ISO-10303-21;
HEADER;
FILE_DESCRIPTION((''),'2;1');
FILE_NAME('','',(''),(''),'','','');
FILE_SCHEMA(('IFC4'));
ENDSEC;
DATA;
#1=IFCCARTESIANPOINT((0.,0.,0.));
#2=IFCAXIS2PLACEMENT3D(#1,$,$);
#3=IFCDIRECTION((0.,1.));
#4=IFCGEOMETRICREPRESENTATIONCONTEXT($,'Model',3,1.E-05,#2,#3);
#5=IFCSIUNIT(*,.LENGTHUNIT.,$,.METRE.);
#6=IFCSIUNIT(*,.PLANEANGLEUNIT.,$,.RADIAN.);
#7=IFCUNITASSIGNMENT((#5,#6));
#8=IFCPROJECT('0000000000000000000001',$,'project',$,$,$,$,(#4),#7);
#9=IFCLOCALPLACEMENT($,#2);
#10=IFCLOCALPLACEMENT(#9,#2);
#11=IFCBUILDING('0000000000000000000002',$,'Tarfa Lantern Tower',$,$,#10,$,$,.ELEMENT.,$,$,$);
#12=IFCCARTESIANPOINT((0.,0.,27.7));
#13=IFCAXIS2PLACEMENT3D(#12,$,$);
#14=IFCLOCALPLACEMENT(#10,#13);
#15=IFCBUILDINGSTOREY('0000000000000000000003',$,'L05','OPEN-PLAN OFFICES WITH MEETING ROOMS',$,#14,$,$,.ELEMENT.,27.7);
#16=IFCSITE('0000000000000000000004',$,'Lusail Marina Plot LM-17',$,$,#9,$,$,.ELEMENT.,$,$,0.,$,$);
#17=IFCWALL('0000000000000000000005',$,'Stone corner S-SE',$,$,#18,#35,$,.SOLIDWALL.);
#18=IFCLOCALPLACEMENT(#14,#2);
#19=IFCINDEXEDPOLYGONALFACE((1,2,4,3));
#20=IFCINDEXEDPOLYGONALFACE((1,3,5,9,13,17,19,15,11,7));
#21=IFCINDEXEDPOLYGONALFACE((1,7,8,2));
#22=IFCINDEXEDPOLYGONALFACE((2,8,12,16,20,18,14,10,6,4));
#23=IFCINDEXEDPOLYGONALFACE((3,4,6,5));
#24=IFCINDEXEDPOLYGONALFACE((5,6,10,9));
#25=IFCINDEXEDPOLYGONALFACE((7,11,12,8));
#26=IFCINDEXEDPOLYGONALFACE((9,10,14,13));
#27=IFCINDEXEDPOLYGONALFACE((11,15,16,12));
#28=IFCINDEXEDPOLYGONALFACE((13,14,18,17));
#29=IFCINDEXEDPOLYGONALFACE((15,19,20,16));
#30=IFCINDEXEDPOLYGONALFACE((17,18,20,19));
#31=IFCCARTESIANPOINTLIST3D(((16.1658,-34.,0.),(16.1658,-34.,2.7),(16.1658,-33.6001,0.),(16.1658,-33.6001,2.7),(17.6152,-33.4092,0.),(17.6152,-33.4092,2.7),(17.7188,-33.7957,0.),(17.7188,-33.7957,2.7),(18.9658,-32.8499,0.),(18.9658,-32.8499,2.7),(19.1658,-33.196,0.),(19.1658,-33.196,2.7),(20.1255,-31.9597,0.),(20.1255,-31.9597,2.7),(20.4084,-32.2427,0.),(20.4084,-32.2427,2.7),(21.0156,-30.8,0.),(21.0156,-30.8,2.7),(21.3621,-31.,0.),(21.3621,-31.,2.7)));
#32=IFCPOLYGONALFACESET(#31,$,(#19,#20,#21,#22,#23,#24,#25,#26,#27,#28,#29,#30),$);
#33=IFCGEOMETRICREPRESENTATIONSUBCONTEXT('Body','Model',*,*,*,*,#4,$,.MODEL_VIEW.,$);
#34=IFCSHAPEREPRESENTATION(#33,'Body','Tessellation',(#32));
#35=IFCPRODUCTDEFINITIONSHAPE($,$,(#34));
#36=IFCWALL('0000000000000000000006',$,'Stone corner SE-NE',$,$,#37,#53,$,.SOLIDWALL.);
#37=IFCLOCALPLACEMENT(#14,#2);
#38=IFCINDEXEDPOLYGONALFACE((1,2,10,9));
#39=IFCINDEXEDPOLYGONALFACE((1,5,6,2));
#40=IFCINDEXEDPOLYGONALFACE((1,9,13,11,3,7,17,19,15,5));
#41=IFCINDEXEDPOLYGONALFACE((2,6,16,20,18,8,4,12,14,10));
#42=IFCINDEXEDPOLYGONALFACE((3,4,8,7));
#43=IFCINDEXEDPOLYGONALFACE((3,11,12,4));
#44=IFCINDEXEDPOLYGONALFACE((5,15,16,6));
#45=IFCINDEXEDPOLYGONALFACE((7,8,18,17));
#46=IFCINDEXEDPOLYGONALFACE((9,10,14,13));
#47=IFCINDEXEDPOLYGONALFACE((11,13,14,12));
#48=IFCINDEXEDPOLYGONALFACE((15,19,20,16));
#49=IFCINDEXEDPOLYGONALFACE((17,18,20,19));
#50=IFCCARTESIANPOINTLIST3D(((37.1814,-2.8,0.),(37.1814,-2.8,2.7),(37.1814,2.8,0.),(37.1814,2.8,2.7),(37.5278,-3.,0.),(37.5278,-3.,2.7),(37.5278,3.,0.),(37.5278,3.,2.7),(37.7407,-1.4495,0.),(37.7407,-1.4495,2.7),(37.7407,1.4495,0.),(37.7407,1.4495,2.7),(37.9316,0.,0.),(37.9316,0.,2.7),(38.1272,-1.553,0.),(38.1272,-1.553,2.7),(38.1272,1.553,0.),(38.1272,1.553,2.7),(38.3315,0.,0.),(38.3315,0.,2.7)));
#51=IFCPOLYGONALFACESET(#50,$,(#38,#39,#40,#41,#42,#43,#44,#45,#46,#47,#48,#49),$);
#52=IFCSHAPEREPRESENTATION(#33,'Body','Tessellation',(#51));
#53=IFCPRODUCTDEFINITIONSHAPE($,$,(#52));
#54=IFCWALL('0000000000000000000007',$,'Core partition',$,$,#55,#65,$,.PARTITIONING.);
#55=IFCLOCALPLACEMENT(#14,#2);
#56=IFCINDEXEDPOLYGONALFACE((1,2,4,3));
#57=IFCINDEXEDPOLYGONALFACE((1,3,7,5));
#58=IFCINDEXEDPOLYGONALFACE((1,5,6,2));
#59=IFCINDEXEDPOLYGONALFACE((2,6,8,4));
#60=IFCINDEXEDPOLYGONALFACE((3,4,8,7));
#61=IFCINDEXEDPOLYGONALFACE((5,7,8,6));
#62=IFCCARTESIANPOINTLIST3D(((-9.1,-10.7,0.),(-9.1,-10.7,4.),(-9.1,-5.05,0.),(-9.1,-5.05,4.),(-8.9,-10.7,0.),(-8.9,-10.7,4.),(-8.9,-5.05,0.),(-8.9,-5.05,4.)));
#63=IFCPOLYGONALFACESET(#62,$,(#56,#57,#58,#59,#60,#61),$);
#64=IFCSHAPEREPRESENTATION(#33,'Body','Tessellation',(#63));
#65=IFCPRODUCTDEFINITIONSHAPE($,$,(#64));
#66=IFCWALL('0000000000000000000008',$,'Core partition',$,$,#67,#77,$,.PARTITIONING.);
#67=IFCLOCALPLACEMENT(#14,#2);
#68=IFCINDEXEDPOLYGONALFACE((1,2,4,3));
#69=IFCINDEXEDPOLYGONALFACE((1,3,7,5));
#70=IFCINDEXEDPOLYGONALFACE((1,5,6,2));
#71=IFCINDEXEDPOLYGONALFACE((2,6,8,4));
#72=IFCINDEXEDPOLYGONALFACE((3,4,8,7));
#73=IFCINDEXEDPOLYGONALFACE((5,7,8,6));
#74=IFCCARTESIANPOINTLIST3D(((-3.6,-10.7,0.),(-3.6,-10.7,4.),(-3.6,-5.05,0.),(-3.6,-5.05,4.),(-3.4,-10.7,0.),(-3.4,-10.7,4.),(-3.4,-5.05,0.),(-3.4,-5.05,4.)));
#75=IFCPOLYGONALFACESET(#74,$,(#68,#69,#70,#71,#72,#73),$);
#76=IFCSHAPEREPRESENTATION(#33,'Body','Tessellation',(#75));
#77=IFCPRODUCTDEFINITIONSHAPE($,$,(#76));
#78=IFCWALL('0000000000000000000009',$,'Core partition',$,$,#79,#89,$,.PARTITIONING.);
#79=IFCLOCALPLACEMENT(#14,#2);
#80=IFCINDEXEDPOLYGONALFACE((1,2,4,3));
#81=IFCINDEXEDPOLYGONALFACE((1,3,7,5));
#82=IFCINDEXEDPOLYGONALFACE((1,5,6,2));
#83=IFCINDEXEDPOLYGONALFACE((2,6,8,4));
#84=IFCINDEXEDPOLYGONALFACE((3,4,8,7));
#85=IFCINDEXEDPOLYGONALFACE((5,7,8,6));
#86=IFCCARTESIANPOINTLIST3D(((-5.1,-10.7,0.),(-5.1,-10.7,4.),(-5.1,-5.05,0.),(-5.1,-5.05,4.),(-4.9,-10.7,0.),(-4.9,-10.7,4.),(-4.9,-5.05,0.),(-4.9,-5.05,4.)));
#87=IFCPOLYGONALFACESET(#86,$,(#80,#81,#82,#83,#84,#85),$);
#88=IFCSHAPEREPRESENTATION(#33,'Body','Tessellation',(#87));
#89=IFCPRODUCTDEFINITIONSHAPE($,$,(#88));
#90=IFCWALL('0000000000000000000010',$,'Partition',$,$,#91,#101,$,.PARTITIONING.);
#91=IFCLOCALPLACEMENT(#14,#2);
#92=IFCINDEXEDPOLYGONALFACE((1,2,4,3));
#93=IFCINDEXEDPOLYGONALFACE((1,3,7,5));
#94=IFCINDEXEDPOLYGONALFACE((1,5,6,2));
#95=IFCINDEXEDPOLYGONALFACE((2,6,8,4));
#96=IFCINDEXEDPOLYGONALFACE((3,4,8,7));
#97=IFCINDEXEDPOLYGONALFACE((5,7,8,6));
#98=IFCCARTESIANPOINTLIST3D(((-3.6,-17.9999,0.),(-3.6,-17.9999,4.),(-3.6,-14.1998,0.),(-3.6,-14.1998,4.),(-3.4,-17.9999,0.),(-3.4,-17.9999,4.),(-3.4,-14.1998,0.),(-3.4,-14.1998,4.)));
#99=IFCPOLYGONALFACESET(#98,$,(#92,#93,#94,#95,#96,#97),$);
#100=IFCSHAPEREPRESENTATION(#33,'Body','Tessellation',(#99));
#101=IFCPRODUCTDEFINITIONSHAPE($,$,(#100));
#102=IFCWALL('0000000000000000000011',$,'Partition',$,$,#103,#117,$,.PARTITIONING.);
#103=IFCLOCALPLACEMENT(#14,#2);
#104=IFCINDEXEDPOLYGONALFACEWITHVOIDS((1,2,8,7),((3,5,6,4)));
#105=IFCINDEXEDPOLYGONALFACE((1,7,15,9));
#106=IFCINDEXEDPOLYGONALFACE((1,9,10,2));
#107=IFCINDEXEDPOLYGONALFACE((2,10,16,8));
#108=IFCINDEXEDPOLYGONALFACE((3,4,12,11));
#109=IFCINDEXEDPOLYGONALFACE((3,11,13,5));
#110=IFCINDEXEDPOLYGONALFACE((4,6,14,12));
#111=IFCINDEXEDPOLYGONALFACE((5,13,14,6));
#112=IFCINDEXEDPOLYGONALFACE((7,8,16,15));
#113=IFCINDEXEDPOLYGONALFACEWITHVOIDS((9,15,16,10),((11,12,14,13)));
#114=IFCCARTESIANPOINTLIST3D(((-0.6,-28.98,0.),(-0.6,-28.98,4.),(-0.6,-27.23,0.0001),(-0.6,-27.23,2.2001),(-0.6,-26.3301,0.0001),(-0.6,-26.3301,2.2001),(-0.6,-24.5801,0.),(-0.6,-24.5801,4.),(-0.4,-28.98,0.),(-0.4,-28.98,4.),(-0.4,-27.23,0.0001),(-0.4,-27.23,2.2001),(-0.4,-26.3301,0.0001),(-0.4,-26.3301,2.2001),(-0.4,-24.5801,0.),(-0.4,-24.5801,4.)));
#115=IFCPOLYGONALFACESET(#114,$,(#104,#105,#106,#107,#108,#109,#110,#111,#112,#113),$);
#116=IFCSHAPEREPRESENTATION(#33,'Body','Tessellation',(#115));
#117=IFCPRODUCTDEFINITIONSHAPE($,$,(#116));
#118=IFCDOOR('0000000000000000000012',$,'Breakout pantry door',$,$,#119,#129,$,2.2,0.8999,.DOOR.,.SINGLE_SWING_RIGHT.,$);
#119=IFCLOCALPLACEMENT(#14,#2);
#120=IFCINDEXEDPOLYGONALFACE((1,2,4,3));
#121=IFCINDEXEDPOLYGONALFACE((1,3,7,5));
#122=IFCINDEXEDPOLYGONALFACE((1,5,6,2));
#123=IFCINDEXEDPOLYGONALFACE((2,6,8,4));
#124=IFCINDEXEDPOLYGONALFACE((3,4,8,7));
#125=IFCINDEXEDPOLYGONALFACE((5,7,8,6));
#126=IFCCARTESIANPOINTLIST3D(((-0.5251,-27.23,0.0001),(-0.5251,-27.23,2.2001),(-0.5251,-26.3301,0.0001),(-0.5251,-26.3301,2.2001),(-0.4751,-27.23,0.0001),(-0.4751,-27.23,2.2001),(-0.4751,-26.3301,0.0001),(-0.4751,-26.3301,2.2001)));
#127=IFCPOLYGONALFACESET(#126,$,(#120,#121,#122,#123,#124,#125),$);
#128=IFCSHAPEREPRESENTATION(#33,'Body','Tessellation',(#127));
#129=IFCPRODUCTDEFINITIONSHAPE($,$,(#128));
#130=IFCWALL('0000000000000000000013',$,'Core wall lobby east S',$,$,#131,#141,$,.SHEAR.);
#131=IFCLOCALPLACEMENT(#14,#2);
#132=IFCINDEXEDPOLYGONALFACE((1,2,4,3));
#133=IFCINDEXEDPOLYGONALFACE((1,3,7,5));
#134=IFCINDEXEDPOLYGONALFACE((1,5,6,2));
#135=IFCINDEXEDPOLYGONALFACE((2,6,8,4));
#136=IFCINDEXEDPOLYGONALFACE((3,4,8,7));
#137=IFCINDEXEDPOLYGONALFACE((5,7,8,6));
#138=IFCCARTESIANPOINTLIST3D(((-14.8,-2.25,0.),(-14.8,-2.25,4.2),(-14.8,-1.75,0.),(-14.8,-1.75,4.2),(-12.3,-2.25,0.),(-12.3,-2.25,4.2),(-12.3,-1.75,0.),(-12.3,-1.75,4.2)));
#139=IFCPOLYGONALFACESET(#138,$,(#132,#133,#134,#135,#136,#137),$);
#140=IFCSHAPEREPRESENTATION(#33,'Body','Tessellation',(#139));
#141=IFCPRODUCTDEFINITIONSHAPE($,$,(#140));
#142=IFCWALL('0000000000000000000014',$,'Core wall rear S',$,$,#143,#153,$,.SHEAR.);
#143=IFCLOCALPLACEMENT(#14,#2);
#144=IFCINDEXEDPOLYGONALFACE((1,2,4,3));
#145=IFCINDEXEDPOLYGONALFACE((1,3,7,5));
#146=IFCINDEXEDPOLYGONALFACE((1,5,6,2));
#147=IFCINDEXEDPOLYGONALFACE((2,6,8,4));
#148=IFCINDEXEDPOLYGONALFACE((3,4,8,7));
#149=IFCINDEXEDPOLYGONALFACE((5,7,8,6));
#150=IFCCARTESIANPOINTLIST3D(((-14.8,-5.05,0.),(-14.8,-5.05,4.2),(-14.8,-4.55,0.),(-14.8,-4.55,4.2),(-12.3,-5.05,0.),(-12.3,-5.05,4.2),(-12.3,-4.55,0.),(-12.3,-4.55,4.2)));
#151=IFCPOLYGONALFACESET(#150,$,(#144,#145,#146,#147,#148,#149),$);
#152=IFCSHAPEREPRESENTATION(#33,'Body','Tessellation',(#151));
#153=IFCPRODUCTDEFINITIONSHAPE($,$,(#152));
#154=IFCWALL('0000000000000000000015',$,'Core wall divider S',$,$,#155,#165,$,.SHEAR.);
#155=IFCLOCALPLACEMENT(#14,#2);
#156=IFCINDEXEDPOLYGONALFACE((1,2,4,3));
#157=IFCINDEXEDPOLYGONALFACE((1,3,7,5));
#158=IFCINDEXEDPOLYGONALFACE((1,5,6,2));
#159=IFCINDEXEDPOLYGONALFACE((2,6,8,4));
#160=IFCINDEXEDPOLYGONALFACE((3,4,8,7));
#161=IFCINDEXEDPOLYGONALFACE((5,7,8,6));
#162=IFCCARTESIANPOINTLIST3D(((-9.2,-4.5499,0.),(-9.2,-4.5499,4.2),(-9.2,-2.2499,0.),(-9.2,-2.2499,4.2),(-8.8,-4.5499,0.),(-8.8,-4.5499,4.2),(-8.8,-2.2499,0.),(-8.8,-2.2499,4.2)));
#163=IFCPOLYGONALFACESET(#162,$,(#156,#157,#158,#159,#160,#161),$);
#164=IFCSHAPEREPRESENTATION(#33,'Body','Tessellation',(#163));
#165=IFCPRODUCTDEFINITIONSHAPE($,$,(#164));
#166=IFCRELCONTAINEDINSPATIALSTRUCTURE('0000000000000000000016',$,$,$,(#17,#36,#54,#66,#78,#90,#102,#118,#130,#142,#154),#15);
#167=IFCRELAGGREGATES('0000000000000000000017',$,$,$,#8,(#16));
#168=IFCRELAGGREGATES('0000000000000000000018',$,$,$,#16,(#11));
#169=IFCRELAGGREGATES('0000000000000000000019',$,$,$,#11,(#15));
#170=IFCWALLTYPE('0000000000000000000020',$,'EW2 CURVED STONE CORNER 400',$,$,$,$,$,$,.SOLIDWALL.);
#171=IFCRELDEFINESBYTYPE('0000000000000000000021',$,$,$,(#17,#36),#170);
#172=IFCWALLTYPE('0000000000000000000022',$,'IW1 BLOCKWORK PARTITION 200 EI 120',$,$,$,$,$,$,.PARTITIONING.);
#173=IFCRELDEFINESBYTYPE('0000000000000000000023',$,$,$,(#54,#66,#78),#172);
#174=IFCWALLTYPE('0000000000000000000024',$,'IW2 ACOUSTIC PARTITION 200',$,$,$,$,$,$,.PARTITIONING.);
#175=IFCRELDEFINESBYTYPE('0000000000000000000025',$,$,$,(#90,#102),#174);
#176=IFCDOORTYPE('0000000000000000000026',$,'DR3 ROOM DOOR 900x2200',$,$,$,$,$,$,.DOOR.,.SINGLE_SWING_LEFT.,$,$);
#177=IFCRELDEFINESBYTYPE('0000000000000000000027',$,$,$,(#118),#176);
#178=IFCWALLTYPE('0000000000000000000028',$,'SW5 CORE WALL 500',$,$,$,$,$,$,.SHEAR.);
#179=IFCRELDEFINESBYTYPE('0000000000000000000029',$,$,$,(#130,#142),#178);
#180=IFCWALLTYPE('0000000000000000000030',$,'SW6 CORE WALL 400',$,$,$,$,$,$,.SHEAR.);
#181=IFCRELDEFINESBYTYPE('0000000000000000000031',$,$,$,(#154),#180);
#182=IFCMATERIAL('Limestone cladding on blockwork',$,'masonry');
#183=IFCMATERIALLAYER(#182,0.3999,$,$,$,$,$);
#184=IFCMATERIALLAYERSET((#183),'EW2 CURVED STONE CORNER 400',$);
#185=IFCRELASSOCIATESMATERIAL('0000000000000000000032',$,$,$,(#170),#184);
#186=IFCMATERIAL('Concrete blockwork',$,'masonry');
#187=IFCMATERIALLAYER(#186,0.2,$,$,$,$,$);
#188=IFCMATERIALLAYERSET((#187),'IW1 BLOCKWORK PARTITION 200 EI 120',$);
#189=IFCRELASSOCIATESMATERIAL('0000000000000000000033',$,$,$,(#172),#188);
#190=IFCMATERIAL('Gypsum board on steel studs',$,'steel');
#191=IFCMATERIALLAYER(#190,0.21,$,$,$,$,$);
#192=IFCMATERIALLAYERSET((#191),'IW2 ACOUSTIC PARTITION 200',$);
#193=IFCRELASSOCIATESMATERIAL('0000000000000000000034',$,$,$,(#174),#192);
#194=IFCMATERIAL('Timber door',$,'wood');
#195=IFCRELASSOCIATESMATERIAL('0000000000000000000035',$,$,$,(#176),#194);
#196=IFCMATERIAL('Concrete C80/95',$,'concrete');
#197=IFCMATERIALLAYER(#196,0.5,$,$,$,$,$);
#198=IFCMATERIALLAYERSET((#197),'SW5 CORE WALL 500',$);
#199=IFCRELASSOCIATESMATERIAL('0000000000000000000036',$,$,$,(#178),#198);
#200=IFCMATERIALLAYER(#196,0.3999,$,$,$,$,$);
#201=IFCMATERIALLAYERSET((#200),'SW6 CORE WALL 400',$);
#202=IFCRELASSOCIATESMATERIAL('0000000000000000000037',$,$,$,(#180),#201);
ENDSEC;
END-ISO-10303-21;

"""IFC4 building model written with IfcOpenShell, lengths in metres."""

from ifc_helpers import new_model, si_unit, direction, frame, frame_2d, origin, place, context, subcontext, project, spatial, polyline, rectangle, outline, extrude, material, layer, layer_set, type_object, element, fill, save


model = new_model("IFC4")

# Units and contexts
model_context = context("Model", 3, precision=1e-05, world=origin(), true_north=direction((0.0, 1.0)))
body_context = subcontext(model_context, "Body", "Model", "MODEL_VIEW")
ifc_project = project(units=[si_unit("LENGTHUNIT", "METRE"), si_unit("PLANEANGLEUNIT", "RADIAN")], contexts=[model_context])

# Site, building, storey
site_placement = place(None, origin())
site = spatial("IfcSite", under=ifc_project, at=site_placement, Name="Lusail Marina Plot LM-17", CompositionType="ELEMENT", RefElevation=0.0)
building_placement = place(site_placement, origin())
building = spatial("IfcBuilding", under=site, at=building_placement, Name="Tarfa Lantern Tower", CompositionType="ELEMENT")
storey_placement = place(building_placement, frame((0.0, 0.0, 27.7)))
storey = spatial("IfcBuildingStorey", under=building, at=storey_placement, Name="L05", Description="OPEN-PLAN OFFICES WITH MEETING ROOMS", CompositionType="ELEMENT", Elevation=27.7)

# Walls
ifc_material_1 = material(Name="Limestone cladding on blockwork", Category="masonry")
ifc_layer_1 = layer(ifc_material_1, 0.3999)
ifc_layer_set_1 = layer_set([ifc_layer_1], Name="EW2 CURVED STONE CORNER 400")
wall_type_1 = type_object("IfcWallType", Name="EW2 CURVED STONE CORNER 400", PredefinedType="SOLIDWALL", material=ifc_layer_set_1)
wall_1_placement = place(storey_placement, origin())
element("IfcWall", 1, at=wall_1_placement, inside=storey, type_object=wall_type_1, Name="Stone corner S-SE", PredefinedType="SOLIDWALL", context=body_context, shape_type="SweptSolid", body=[
    extrude(outline(polyline([(16.1658, -34.0), (17.7188, -33.7957), (19.1658, -33.196), (20.4084, -32.2427), (21.3621, -31.0), (21.0156, -30.8), (20.1255, -31.9597), (18.9658, -32.8499), (17.6152, -33.4092), (16.1658, -33.6001), (16.1658, -34.0)])), origin(), (0.0, 0.0, 1.0), 2.7),
])
wall_2_placement = place(storey_placement, origin())
element("IfcWall", 2, at=wall_2_placement, inside=storey, type_object=wall_type_1, Name="Stone corner SE-NE", PredefinedType="SOLIDWALL", context=body_context, shape_type="SweptSolid", body=[
    extrude(outline(polyline([(37.5278, -3.0), (38.1272, -1.553), (38.3315, 0.0), (38.1272, 1.553), (37.5278, 3.0), (37.1814, 2.8), (37.7407, 1.4495), (37.9316, 0.0), (37.7407, -1.4495), (37.1814, -2.8), (37.5278, -3.0)])), origin(), (0.0, 0.0, 1.0), 2.7),
])
ifc_material_2 = material(Name="Concrete blockwork", Category="masonry")
ifc_layer_2 = layer(ifc_material_2, 0.2)
ifc_layer_set_2 = layer_set([ifc_layer_2], Name="IW1 BLOCKWORK PARTITION 200 EI 120")
wall_type_2 = type_object("IfcWallType", Name="IW1 BLOCKWORK PARTITION 200 EI 120", PredefinedType="PARTITIONING", material=ifc_layer_set_2)
for number, where, z_axis, x_axis, name in (
    (3, (-9.0, -5.05, 0.0), (0.0, 0.0, 1.0), (0.0, -1.0, 0.0), "Core partition"),
    (4, (-3.5, -5.05, 0.0), (0.0, 0.0, 1.0), (0.0, -1.0, 0.0), "Core partition"),
    (5, (-5.0, -5.05, 0.0), (0.0, 0.0, 1.0), (0.0, -1.0, 0.0), "Core partition"),
):
    element("IfcWall", number, at=place(storey_placement, frame(where, z_axis=z_axis, x_axis=x_axis)), inside=storey, type_object=wall_type_2, Name=name, PredefinedType="PARTITIONING", context=body_context, shape_type="SweptSolid", body=[
        extrude(rectangle(XDim=5.6499, YDim=0.2, at=frame_2d((2.825, 0.0))), origin(), (0.0, 0.0, 1.0), 4.0),
    ])
ifc_material_3 = material(Name="Gypsum board on steel studs", Category="steel")
ifc_layer_3 = layer(ifc_material_3, 0.21)
ifc_layer_set_3 = layer_set([ifc_layer_3], Name="IW2 ACOUSTIC PARTITION 200")
wall_type_3 = type_object("IfcWallType", Name="IW2 ACOUSTIC PARTITION 200", PredefinedType="PARTITIONING", material=ifc_layer_set_3)
wall_3_placement = place(storey_placement, frame((-3.5, -14.2, 0.0), z_axis=(0.0, 0.0, 1.0), x_axis=(0.0, -1.0, 0.0)))
element("IfcWall", 6, at=wall_3_placement, inside=storey, type_object=wall_type_3, Name="Partition", PredefinedType="PARTITIONING", context=body_context, shape_type="SweptSolid", body=[
    extrude(rectangle(XDim=3.8, YDim=0.2, at=frame_2d((1.8999, 0.0))), origin(), (0.0, 0.0, 1.0), 4.0),
])

# Wall, opening, door
wall_4_placement = place(storey_placement, frame((-0.5, -24.5801, 0.0), z_axis=(0.0, 0.0, 1.0), x_axis=(0.0, -1.0, 0.0)))
wall_4 = element("IfcWall", 7, at=wall_4_placement, inside=storey, type_object=wall_type_3, Name="Partition", PredefinedType="PARTITIONING", context=body_context, shape_type="SweptSolid", body=[
    extrude(rectangle(XDim=4.3999, YDim=0.2, at=frame_2d((2.2, 0.0))), origin(), (0.0, 0.0, 1.0), 4.0),
])
opening_1_placement = place(wall_4_placement, frame((1.75, 0.0, 0.0)))
opening_1 = element("IfcOpeningElement", 8, at=opening_1_placement, cuts=wall_4, PredefinedType="OPENING", context=body_context, shape_type="SweptSolid", body=[
    extrude(rectangle(XDim=0.8999, YDim=2.2, at=frame_2d((0.45, 1.1001))), frame((0.0, 0.1099, 0.0), z_axis=(0.0, -1.0, 0.0), x_axis=(1.0, 0.0, 0.0)), (0.0, 0.0, 1.0), 0.22),
])
ifc_material_4 = material(Name="Timber door", Category="wood")
door_type_1 = type_object("IfcDoorType", Name="DR3 ROOM DOOR 900x2200", OperationType="SINGLE_SWING_LEFT", PredefinedType="DOOR", material=ifc_material_4)
door_1_placement = place(opening_1_placement, origin())
door_1 = element("IfcDoor", 9, at=door_1_placement, inside=storey, type_object=door_type_1, Name="Breakout pantry door", OperationType="SINGLE_SWING_RIGHT", OverallHeight=2.2, OverallWidth=0.8999, PredefinedType="DOOR", context=body_context, shape_type="SweptSolid", body=[
    extrude(rectangle(XDim=0.8999, YDim=2.2, at=frame_2d((0.45, 1.1001))), frame((0.0, 0.0249, 0.0), z_axis=(0.0, -1.0, 0.0), x_axis=(1.0, 0.0, 0.0)), (0.0, 0.0, 1.0), 0.05),
])
fill(opening_1, door_1)

# Walls
ifc_material_5 = material(Name="Concrete C80/95", Category="concrete")
ifc_layer_4 = layer(ifc_material_5, 0.5)
ifc_layer_set_4 = layer_set([ifc_layer_4], Name="SW5 CORE WALL 500")
wall_type_4 = type_object("IfcWallType", Name="SW5 CORE WALL 500", PredefinedType="SHEAR", material=ifc_layer_set_4)
for number, where, z_axis, x_axis, name in (
    (10, (-12.3, -2.0, 0.0), (0.0, 0.0, 1.0), (-1.0, 0.0, 0.0), "Core wall lobby east S"),
    (11, (-12.3, -4.8, 0.0), (0.0, 0.0, 1.0), (-1.0, 0.0, 0.0), "Core wall rear S"),
):
    element("IfcWall", number, at=place(storey_placement, frame(where, z_axis=z_axis, x_axis=x_axis)), inside=storey, type_object=wall_type_4, Name=name, PredefinedType="SHEAR", context=body_context, shape_type="SweptSolid", body=[
        extrude(rectangle(XDim=2.5, YDim=0.5, at=frame_2d((1.25, 0.0))), origin(), (0.0, 0.0, 1.0), 4.2),
    ])
ifc_layer_5 = layer(ifc_material_5, 0.3999)
ifc_layer_set_5 = layer_set([ifc_layer_5], Name="SW6 CORE WALL 400")
wall_type_5 = type_object("IfcWallType", Name="SW6 CORE WALL 400", PredefinedType="SHEAR", material=ifc_layer_set_5)
wall_5_placement = place(storey_placement, frame((-9.0, -2.25, 0.0), z_axis=(0.0, 0.0, 1.0), x_axis=(0.0, -1.0, 0.0)))
element("IfcWall", 12, at=wall_5_placement, inside=storey, type_object=wall_type_5, Name="Core wall divider S", PredefinedType="SHEAR", context=body_context, shape_type="SweptSolid", body=[
    extrude(rectangle(XDim=2.3, YDim=0.3999, at=frame_2d((1.1499, 0.0))), origin(), (0.0, 0.0, 1.0), 4.2),
])

save(model, "model.ifc")
